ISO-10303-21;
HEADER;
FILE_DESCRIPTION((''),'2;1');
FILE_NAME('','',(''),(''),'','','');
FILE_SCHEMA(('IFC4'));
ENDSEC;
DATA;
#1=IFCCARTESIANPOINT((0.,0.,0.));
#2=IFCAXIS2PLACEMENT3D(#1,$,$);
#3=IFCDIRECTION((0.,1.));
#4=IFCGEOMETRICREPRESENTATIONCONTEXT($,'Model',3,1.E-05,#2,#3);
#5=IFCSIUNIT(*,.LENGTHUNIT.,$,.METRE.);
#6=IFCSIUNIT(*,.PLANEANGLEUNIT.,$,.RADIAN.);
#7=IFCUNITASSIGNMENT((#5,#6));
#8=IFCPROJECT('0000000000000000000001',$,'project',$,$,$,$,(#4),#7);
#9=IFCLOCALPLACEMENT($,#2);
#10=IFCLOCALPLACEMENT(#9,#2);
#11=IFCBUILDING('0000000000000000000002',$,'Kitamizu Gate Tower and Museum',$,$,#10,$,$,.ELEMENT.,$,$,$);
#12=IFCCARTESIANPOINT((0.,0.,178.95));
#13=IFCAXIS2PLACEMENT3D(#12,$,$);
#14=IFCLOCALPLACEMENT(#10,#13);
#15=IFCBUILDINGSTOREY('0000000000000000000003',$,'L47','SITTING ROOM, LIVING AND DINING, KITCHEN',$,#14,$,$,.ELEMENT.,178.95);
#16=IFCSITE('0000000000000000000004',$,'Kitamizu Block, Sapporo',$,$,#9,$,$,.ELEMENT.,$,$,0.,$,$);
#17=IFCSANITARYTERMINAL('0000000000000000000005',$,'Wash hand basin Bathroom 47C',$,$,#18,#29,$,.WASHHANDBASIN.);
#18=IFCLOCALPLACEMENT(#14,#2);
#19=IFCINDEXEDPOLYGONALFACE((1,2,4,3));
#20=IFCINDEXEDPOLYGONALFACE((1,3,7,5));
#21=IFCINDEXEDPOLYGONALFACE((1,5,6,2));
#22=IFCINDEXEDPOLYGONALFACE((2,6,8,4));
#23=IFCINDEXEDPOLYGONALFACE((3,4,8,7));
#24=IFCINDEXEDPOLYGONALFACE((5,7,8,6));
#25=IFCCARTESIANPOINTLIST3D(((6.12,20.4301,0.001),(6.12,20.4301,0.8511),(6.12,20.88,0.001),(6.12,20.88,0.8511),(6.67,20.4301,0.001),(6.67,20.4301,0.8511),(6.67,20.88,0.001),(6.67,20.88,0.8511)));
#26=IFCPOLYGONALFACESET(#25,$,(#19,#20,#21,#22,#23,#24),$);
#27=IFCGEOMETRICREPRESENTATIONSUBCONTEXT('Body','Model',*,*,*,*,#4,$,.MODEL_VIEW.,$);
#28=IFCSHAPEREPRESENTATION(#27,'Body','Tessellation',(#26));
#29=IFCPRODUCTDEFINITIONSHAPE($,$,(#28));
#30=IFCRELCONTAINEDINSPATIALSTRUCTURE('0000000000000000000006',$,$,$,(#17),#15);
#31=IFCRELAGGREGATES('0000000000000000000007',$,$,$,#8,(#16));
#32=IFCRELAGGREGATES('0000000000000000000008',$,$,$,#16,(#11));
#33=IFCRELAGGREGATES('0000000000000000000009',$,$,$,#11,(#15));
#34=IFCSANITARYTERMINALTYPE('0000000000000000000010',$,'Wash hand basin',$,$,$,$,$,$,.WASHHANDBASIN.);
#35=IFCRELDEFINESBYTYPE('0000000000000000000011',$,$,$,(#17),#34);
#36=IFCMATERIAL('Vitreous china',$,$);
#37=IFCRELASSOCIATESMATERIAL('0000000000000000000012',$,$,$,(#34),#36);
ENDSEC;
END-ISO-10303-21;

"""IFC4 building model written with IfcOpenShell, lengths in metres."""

from ifc_helpers import new_model, si_unit, direction, frame, origin, origin_2d, place, context, subcontext, project, spatial, rectangle, extrude, material, type_object, element, save


model = new_model("IFC4")

# Units and contexts
model_context = context("Model", 3, precision=1e-05, world=origin(), true_north=direction((0.0, 1.0)))
body_context = subcontext(model_context, "Body", "Model", "MODEL_VIEW")
ifc_project = project(units=[si_unit("LENGTHUNIT", "METRE"), si_unit("PLANEANGLEUNIT", "RADIAN")], contexts=[model_context])

# Site, building, storey
site_placement = place(None, origin())
site = spatial("IfcSite", under=ifc_project, at=site_placement, Name="Kitamizu Block, Sapporo", CompositionType="ELEMENT", RefElevation=0.0)
building_placement = place(site_placement, origin())
building = spatial("IfcBuilding", under=site, at=building_placement, Name="Kitamizu Gate Tower and Museum", CompositionType="ELEMENT")
storey_placement = place(building_placement, frame((0.0, 0.0, 178.95)))
storey = spatial("IfcBuildingStorey", under=building, at=storey_placement, Name="L47", Description="SITTING ROOM, LIVING AND DINING, KITCHEN", CompositionType="ELEMENT", Elevation=178.95)

# Sanitary terminal
ifc_material_1 = material(Name="Vitreous china")
sanitary_terminal_type_1 = type_object("IfcSanitaryTerminalType", Name="Wash hand basin", PredefinedType="WASHHANDBASIN", material=ifc_material_1)
sanitary_terminal_1_placement = place(storey_placement, frame((6.395, 20.655, 0.001), z_axis=(0.0, 0.0, 1.0), x_axis=(1.0, 0.0, 0.0)))
element("IfcSanitaryTerminal", 1, at=sanitary_terminal_1_placement, inside=storey, type_object=sanitary_terminal_type_1, Name="Wash hand basin Bathroom 47C", PredefinedType="WASHHANDBASIN", context=body_context, shape_type="SweptSolid", body=[
    extrude(rectangle(XDim=0.55, YDim=0.45, at=origin_2d()), origin(), (0.0, 0.0, 1.0), 0.8501),
])

save(model, "model.ifc")
